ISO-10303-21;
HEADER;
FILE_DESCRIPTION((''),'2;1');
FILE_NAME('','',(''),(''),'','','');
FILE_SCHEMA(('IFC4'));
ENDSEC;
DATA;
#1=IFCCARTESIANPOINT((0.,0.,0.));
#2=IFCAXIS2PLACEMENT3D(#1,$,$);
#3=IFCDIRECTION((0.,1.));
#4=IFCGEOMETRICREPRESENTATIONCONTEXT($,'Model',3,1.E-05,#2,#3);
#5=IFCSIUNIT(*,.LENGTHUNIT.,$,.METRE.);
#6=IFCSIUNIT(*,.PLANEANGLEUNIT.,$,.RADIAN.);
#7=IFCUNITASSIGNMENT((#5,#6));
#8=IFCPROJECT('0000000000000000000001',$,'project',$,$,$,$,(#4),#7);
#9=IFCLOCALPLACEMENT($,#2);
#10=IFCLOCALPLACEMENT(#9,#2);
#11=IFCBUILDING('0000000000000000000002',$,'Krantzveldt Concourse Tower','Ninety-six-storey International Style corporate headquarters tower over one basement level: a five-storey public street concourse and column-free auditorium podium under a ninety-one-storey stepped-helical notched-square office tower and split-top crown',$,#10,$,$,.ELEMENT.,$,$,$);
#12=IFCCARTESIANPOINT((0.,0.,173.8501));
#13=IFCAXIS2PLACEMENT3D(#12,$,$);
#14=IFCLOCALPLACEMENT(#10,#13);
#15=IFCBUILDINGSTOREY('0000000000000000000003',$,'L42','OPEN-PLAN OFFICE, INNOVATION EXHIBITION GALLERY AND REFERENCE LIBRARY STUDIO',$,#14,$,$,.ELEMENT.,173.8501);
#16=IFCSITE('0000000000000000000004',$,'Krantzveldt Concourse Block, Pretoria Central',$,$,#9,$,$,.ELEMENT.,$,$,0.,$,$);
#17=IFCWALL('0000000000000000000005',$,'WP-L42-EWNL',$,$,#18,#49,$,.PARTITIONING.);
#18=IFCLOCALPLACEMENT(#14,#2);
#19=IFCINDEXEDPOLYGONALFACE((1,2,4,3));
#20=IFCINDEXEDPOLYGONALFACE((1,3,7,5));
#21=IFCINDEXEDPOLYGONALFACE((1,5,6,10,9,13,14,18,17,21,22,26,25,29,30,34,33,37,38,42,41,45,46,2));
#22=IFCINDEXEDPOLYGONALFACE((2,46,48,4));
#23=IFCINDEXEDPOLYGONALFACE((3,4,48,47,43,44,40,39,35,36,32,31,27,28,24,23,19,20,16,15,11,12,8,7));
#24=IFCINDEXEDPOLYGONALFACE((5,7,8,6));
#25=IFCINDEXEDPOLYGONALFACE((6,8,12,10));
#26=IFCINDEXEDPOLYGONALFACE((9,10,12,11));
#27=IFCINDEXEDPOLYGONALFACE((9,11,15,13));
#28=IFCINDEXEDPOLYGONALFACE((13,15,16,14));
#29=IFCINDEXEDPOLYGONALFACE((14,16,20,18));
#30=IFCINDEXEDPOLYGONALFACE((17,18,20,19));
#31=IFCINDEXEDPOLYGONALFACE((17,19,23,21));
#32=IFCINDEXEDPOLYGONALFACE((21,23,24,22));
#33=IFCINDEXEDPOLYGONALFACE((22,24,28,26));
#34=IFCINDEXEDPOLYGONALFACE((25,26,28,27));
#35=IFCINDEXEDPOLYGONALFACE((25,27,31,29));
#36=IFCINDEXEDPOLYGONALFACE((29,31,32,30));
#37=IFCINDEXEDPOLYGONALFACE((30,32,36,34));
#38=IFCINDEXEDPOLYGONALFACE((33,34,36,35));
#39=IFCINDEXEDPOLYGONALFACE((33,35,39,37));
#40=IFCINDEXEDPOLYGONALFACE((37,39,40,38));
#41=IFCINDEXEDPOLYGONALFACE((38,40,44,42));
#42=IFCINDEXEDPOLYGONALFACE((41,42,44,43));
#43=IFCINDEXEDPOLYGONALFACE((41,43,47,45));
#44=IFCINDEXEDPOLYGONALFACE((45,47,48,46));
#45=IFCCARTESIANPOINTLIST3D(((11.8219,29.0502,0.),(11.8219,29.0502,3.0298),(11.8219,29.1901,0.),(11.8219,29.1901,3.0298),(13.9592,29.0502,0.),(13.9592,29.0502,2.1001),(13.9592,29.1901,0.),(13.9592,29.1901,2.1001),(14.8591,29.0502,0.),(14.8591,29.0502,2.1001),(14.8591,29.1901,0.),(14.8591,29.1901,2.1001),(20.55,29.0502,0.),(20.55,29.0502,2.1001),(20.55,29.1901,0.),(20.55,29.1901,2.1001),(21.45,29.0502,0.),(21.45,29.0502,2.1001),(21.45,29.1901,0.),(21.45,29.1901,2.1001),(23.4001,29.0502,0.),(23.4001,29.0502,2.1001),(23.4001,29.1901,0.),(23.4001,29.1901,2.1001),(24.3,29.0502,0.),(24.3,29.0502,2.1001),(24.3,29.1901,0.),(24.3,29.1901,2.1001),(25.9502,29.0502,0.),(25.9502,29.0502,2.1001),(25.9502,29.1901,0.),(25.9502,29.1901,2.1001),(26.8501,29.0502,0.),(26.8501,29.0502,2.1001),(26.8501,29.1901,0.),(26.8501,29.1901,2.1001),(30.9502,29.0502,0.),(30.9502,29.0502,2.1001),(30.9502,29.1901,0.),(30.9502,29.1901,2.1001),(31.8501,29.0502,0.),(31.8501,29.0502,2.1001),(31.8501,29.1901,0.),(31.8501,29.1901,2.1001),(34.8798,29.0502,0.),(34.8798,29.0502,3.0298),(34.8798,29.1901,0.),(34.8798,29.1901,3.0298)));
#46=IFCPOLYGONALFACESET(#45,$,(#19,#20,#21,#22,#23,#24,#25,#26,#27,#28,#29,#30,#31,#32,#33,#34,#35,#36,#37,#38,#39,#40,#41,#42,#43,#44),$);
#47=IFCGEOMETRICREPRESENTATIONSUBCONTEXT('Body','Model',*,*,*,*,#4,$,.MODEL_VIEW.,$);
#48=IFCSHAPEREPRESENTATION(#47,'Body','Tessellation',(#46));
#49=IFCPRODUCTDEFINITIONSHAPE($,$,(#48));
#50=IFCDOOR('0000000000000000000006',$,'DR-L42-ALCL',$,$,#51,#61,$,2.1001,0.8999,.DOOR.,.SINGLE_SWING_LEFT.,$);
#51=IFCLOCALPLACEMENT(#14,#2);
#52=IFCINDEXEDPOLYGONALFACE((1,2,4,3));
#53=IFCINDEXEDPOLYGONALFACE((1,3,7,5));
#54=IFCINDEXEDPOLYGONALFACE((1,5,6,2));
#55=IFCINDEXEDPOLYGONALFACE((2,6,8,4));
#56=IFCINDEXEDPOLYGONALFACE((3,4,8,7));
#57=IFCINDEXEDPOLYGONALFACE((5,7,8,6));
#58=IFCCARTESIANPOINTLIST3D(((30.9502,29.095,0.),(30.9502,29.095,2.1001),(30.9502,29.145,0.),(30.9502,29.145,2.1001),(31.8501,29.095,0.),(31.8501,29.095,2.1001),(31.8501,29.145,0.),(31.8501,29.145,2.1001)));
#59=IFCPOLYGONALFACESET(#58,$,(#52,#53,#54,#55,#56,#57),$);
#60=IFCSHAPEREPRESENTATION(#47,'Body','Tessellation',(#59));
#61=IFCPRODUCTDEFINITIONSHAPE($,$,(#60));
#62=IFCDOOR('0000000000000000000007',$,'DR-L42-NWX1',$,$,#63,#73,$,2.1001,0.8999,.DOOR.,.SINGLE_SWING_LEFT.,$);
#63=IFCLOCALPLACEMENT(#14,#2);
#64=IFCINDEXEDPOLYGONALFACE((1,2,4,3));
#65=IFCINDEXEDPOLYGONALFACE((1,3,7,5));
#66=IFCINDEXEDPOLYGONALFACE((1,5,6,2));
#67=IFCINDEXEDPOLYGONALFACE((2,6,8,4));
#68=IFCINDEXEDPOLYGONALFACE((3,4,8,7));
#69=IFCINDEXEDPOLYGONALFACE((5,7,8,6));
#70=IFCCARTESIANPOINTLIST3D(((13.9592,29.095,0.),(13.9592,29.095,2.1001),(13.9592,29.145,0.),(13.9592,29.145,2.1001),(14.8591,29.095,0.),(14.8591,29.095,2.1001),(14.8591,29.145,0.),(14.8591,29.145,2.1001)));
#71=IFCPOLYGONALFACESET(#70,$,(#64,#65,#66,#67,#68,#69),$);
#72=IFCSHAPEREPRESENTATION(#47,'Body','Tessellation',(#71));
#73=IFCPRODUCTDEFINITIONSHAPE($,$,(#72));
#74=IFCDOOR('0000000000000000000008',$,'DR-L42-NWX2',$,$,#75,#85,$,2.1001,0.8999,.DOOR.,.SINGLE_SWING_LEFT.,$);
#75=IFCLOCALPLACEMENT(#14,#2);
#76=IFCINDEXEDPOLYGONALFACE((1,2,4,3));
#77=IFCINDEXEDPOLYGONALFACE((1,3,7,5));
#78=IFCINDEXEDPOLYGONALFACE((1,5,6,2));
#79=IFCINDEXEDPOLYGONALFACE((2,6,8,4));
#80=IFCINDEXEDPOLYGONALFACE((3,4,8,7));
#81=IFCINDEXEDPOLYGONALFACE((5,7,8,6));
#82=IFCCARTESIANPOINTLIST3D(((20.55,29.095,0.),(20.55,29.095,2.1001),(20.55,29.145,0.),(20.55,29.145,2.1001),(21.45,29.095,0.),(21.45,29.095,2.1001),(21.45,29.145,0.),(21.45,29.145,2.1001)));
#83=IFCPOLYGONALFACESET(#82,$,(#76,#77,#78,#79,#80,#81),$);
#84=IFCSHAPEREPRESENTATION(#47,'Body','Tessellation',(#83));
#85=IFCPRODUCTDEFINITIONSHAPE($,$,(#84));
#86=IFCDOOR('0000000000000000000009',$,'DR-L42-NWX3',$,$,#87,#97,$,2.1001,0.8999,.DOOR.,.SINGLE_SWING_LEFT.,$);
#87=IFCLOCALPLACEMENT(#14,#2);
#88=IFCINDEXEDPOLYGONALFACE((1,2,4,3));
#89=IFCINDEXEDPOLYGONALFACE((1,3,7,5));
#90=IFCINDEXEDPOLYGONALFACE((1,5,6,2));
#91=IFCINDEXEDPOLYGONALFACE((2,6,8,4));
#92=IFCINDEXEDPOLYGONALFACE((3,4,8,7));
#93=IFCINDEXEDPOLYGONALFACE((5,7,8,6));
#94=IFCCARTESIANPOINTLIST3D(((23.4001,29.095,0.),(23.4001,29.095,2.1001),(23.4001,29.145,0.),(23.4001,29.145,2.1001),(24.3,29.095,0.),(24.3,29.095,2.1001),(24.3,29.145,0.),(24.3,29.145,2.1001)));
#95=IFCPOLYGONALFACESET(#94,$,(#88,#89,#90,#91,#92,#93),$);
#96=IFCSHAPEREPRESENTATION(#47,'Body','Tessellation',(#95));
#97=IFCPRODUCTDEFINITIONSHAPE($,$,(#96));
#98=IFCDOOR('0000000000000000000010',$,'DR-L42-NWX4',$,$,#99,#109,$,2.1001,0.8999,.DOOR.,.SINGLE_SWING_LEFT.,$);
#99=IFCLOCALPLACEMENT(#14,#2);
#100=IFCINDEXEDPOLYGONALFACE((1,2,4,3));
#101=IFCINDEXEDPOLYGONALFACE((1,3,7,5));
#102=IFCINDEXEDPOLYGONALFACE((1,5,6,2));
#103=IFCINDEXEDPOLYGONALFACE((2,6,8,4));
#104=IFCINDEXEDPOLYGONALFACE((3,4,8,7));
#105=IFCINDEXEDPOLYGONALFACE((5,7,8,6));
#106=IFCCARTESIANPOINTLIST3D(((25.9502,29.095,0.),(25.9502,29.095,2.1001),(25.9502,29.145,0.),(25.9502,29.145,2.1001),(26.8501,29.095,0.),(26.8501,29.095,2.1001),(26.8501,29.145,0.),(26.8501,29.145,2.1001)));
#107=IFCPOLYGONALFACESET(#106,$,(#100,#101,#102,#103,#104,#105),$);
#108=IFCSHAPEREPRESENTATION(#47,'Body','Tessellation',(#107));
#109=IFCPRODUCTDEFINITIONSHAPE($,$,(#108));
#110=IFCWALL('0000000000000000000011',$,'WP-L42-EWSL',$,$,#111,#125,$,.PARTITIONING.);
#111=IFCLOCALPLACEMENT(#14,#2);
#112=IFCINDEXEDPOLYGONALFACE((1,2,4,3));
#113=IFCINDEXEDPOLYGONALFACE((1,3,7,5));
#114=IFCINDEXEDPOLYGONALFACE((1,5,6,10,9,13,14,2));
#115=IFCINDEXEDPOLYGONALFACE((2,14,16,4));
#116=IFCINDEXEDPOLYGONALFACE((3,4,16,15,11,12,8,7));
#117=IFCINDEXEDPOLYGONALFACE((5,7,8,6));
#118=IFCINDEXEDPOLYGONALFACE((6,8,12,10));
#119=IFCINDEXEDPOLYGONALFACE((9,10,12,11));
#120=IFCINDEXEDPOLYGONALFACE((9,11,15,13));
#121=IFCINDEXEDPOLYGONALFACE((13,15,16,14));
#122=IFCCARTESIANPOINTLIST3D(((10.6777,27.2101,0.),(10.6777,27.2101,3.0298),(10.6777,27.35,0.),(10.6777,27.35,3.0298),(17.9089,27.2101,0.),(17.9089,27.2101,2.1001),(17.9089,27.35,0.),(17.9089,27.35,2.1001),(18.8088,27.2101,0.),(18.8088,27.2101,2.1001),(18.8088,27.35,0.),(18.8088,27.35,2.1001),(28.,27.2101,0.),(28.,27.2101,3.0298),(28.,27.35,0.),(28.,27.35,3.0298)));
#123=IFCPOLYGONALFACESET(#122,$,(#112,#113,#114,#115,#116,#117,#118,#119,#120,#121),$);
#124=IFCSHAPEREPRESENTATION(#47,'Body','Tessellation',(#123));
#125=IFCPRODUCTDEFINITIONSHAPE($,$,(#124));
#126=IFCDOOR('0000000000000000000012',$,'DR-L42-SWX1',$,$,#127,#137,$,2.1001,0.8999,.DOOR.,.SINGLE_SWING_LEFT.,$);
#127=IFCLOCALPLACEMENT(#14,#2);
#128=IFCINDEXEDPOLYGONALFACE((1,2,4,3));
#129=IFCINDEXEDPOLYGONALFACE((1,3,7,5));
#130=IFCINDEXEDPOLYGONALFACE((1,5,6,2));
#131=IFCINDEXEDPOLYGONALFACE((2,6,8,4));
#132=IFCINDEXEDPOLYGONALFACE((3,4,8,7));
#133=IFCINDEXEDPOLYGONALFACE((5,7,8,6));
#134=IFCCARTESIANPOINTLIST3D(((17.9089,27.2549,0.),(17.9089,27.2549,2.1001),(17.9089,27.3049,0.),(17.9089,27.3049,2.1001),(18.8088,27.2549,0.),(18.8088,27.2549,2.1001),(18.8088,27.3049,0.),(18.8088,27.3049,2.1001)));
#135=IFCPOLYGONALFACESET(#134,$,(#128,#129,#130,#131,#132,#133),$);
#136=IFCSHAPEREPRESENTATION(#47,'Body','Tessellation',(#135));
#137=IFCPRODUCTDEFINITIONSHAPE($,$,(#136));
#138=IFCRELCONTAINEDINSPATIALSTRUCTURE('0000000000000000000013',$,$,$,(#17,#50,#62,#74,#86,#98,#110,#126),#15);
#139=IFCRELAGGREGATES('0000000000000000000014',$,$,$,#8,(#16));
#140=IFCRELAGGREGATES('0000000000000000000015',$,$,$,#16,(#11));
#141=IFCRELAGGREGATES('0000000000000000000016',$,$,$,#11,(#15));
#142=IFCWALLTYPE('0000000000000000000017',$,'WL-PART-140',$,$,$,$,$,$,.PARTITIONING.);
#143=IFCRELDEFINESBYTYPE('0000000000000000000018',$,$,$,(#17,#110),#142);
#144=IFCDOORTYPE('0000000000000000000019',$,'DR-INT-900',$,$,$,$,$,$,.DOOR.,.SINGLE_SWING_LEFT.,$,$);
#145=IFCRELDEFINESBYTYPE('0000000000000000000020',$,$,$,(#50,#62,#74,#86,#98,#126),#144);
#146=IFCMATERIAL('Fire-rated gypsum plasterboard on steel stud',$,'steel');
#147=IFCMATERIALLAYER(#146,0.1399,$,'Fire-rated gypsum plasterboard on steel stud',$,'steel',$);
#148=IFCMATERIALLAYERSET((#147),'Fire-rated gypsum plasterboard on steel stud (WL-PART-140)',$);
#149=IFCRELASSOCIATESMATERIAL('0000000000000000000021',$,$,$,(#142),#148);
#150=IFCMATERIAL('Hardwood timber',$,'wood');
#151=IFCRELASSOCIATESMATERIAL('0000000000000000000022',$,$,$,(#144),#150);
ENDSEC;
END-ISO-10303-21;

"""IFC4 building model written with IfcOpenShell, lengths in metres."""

from ifc_helpers import new_model, si_unit, direction, frame, frame_2d, origin, place, context, subcontext, project, spatial, rectangle, extrude, material, layer, layer_set, type_object, element, fill, save


model = new_model("IFC4")

# Units and contexts
model_context = context("Model", 3, precision=1e-05, world=origin(), true_north=direction((0.0, 1.0)))
body_context = subcontext(model_context, "Body", "Model", "MODEL_VIEW")
ifc_project = project(units=[si_unit("LENGTHUNIT", "METRE"), si_unit("PLANEANGLEUNIT", "RADIAN")], contexts=[model_context])

# Site, building, storey
site_placement = place(None, origin())
site = spatial("IfcSite", under=ifc_project, at=site_placement, Name="Krantzveldt Concourse Block, Pretoria Central", CompositionType="ELEMENT", RefElevation=0.0)
building_placement = place(site_placement, origin())
building = spatial("IfcBuilding", under=site, at=building_placement, Name="Krantzveldt Concourse Tower", Description="Ninety-six-storey International Style corporate headquarters tower over one basement level: a five-storey public street concourse and column-free auditorium podium under a ninety-one-storey stepped-helical notched-square office tower and split-top crown", CompositionType="ELEMENT")
storey_placement = place(building_placement, frame((0.0, 0.0, 173.8501)))
storey = spatial("IfcBuildingStorey", under=building, at=storey_placement, Name="L42", Description="OPEN-PLAN OFFICE, INNOVATION EXHIBITION GALLERY AND REFERENCE LIBRARY STUDIO", CompositionType="ELEMENT", Elevation=173.8501)

# Shared definitions
ifc_material_1 = material(Name="Fire-rated gypsum plasterboard on steel stud", Category="steel")

# Wall, openings, doors
ifc_layer_1 = layer(ifc_material_1, 0.1399, Name="Fire-rated gypsum plasterboard on steel stud", Category="steel")
ifc_layer_set_1 = layer_set([ifc_layer_1], Name="Fire-rated gypsum plasterboard on steel stud (WL-PART-140)")
wall_type_1 = type_object("IfcWallType", Name="WL-PART-140", PredefinedType="PARTITIONING", material=ifc_layer_set_1)
wall_1_placement = place(storey_placement, frame((11.822, 29.1201, 0.0), z_axis=(0.0, 0.0, 1.0), x_axis=(1.0, 0.0, 0.0)))
wall_1 = element("IfcWall", 1, at=wall_1_placement, inside=storey, type_object=wall_type_1, Name="WP-L42-EWNL", PredefinedType="PARTITIONING", context=body_context, shape_type="SweptSolid", body=[
    extrude(rectangle(XDim=23.0579, YDim=0.1399, at=frame_2d((11.5288, 0.0))), origin(), (0.0, 0.0, 1.0), 3.0298),
])
opening_1_placement = place(wall_1_placement, frame((19.1282, 0.0, 0.0)))
opening_1 = element("IfcOpeningElement", 2, at=opening_1_placement, cuts=wall_1, PredefinedType="OPENING", context=body_context, shape_type="SweptSolid", body=[
    extrude(rectangle(XDim=0.8999, YDim=2.1001, at=frame_2d((0.45, 1.05))), frame((0.0, 0.0801, 0.0), z_axis=(0.0, -1.0, 0.0), x_axis=(1.0, 0.0, 0.0)), (0.0, 0.0, 1.0), 0.1599),
])
opening_2_placement = place(wall_1_placement, frame((2.1372, 0.0, 0.0)))
opening_2 = element("IfcOpeningElement", 3, at=opening_2_placement, cuts=wall_1, PredefinedType="OPENING", context=body_context, shape_type="SweptSolid", body=[
    extrude(rectangle(XDim=0.8999, YDim=2.1001, at=frame_2d((0.45, 1.05))), frame((0.0, 0.0801, 0.0), z_axis=(0.0, -1.0, 0.0), x_axis=(1.0, 0.0, 0.0)), (0.0, 0.0, 1.0), 0.1599),
])
opening_3_placement = place(wall_1_placement, frame((8.728, 0.0, 0.0)))
opening_3 = element("IfcOpeningElement", 4, at=opening_3_placement, cuts=wall_1, PredefinedType="OPENING", context=body_context, shape_type="SweptSolid", body=[
    extrude(rectangle(XDim=0.8999, YDim=2.1001, at=frame_2d((0.45, 1.05))), frame((0.0, 0.0801, 0.0), z_axis=(0.0, -1.0, 0.0), x_axis=(1.0, 0.0, 0.0)), (0.0, 0.0, 1.0), 0.1599),
])
opening_4_placement = place(wall_1_placement, frame((11.5781, 0.0, 0.0)))
opening_4 = element("IfcOpeningElement", 5, at=opening_4_placement, cuts=wall_1, PredefinedType="OPENING", context=body_context, shape_type="SweptSolid", body=[
    extrude(rectangle(XDim=0.8999, YDim=2.1001, at=frame_2d((0.45, 1.05))), frame((0.0, 0.0801, 0.0), z_axis=(0.0, -1.0, 0.0), x_axis=(1.0, 0.0, 0.0)), (0.0, 0.0, 1.0), 0.1599),
])
opening_5_placement = place(wall_1_placement, frame((14.1282, 0.0, 0.0)))
opening_5 = element("IfcOpeningElement", 6, at=opening_5_placement, cuts=wall_1, PredefinedType="OPENING", context=body_context, shape_type="SweptSolid", body=[
    extrude(rectangle(XDim=0.8999, YDim=2.1001, at=frame_2d((0.45, 1.05))), frame((0.0, 0.0801, 0.0), z_axis=(0.0, -1.0, 0.0), x_axis=(1.0, 0.0, 0.0)), (0.0, 0.0, 1.0), 0.1599),
])
ifc_material_2 = material(Name="Hardwood timber", Category="wood")
door_type = type_object("IfcDoorType", Name="DR-INT-900", OperationType="SINGLE_SWING_LEFT", PredefinedType="DOOR", material=ifc_material_2)
door_1_placement = place(opening_1_placement, origin())
door_1 = element("IfcDoor", 7, at=door_1_placement, inside=storey, type_object=door_type, Name="DR-L42-ALCL", OperationType="SINGLE_SWING_LEFT", OverallHeight=2.1001, OverallWidth=0.8999, PredefinedType="DOOR", context=body_context, shape_type="SweptSolid", body=[
    extrude(rectangle(XDim=0.8999, YDim=2.1001, at=frame_2d((0.45, 1.05))), frame((0.0, 0.0249, 0.0), z_axis=(0.0, -1.0, 0.0), x_axis=(1.0, 0.0, 0.0)), (0.0, 0.0, 1.0), 0.05),
])
fill(opening_1, door_1)
door_2_placement = place(opening_2_placement, origin())
door_2 = element("IfcDoor", 8, at=door_2_placement, inside=storey, type_object=door_type, Name="DR-L42-NWX1", OperationType="SINGLE_SWING_LEFT", OverallHeight=2.1001, OverallWidth=0.8999, PredefinedType="DOOR", context=body_context, shape_type="SweptSolid", body=[
    extrude(rectangle(XDim=0.8999, YDim=2.1001, at=frame_2d((0.45, 1.05))), frame((0.0, 0.0249, 0.0), z_axis=(0.0, -1.0, 0.0), x_axis=(1.0, 0.0, 0.0)), (0.0, 0.0, 1.0), 0.05),
])
fill(opening_2, door_2)
door_3_placement = place(opening_3_placement, origin())
door_3 = element("IfcDoor", 9, at=door_3_placement, inside=storey, type_object=door_type, Name="DR-L42-NWX2", OperationType="SINGLE_SWING_LEFT", OverallHeight=2.1001, OverallWidth=0.8999, PredefinedType="DOOR", context=body_context, shape_type="SweptSolid", body=[
    extrude(rectangle(XDim=0.8999, YDim=2.1001, at=frame_2d((0.45, 1.05))), frame((0.0, 0.0249, 0.0), z_axis=(0.0, -1.0, 0.0), x_axis=(1.0, 0.0, 0.0)), (0.0, 0.0, 1.0), 0.05),
])
fill(opening_3, door_3)
door_4_placement = place(opening_4_placement, origin())
door_4 = element("IfcDoor", 10, at=door_4_placement, inside=storey, type_object=door_type, Name="DR-L42-NWX3", OperationType="SINGLE_SWING_LEFT", OverallHeight=2.1001, OverallWidth=0.8999, PredefinedType="DOOR", context=body_context, shape_type="SweptSolid", body=[
    extrude(rectangle(XDim=0.8999, YDim=2.1001, at=frame_2d((0.45, 1.05))), frame((0.0, 0.0249, 0.0), z_axis=(0.0, -1.0, 0.0), x_axis=(1.0, 0.0, 0.0)), (0.0, 0.0, 1.0), 0.05),
])
fill(opening_4, door_4)
door_5_placement = place(opening_5_placement, origin())
door_5 = element("IfcDoor", 11, at=door_5_placement, inside=storey, type_object=door_type, Name="DR-L42-NWX4", OperationType="SINGLE_SWING_LEFT", OverallHeight=2.1001, OverallWidth=0.8999, PredefinedType="DOOR", context=body_context, shape_type="SweptSolid", body=[
    extrude(rectangle(XDim=0.8999, YDim=2.1001, at=frame_2d((0.45, 1.05))), frame((0.0, 0.0249, 0.0), z_axis=(0.0, -1.0, 0.0), x_axis=(1.0, 0.0, 0.0)), (0.0, 0.0, 1.0), 0.05),
])
fill(opening_5, door_5)

# Wall, opening, door
wall_2_placement = place(storey_placement, frame((10.6777, 27.28, 0.0), z_axis=(0.0, 0.0, 1.0), x_axis=(1.0, 0.0, 0.0)))
wall_2 = element("IfcWall", 12, at=wall_2_placement, inside=storey, type_object=wall_type_1, Name="WP-L42-EWSL", PredefinedType="PARTITIONING", context=body_context, shape_type="SweptSolid", body=[
    extrude(rectangle(XDim=17.3223, YDim=0.1399, at=frame_2d((8.6611, 0.0))), origin(), (0.0, 0.0, 1.0), 3.0298),
])
opening_6_placement = place(wall_2_placement, frame((7.2312, 0.0, 0.0)))
opening_6 = element("IfcOpeningElement", 13, at=opening_6_placement, cuts=wall_2, PredefinedType="OPENING", context=body_context, shape_type="SweptSolid", body=[
    extrude(rectangle(XDim=0.8999, YDim=2.1001, at=frame_2d((0.45, 1.05))), frame((0.0, 0.0801, 0.0), z_axis=(0.0, -1.0, 0.0), x_axis=(1.0, 0.0, 0.0)), (0.0, 0.0, 1.0), 0.1599),
])
door_6_placement = place(opening_6_placement, origin())
door_6 = element("IfcDoor", 14, at=door_6_placement, inside=storey, type_object=door_type, Name="DR-L42-SWX1", OperationType="SINGLE_SWING_LEFT", OverallHeight=2.1001, OverallWidth=0.8999, PredefinedType="DOOR", context=body_context, shape_type="SweptSolid", body=[
    extrude(rectangle(XDim=0.8999, YDim=2.1001, at=frame_2d((0.45, 1.05))), frame((0.0, 0.0249, 0.0), z_axis=(0.0, -1.0, 0.0), x_axis=(1.0, 0.0, 0.0)), (0.0, 0.0, 1.0), 0.05),
])
fill(opening_6, door_6)

save(model, "model.ifc")
